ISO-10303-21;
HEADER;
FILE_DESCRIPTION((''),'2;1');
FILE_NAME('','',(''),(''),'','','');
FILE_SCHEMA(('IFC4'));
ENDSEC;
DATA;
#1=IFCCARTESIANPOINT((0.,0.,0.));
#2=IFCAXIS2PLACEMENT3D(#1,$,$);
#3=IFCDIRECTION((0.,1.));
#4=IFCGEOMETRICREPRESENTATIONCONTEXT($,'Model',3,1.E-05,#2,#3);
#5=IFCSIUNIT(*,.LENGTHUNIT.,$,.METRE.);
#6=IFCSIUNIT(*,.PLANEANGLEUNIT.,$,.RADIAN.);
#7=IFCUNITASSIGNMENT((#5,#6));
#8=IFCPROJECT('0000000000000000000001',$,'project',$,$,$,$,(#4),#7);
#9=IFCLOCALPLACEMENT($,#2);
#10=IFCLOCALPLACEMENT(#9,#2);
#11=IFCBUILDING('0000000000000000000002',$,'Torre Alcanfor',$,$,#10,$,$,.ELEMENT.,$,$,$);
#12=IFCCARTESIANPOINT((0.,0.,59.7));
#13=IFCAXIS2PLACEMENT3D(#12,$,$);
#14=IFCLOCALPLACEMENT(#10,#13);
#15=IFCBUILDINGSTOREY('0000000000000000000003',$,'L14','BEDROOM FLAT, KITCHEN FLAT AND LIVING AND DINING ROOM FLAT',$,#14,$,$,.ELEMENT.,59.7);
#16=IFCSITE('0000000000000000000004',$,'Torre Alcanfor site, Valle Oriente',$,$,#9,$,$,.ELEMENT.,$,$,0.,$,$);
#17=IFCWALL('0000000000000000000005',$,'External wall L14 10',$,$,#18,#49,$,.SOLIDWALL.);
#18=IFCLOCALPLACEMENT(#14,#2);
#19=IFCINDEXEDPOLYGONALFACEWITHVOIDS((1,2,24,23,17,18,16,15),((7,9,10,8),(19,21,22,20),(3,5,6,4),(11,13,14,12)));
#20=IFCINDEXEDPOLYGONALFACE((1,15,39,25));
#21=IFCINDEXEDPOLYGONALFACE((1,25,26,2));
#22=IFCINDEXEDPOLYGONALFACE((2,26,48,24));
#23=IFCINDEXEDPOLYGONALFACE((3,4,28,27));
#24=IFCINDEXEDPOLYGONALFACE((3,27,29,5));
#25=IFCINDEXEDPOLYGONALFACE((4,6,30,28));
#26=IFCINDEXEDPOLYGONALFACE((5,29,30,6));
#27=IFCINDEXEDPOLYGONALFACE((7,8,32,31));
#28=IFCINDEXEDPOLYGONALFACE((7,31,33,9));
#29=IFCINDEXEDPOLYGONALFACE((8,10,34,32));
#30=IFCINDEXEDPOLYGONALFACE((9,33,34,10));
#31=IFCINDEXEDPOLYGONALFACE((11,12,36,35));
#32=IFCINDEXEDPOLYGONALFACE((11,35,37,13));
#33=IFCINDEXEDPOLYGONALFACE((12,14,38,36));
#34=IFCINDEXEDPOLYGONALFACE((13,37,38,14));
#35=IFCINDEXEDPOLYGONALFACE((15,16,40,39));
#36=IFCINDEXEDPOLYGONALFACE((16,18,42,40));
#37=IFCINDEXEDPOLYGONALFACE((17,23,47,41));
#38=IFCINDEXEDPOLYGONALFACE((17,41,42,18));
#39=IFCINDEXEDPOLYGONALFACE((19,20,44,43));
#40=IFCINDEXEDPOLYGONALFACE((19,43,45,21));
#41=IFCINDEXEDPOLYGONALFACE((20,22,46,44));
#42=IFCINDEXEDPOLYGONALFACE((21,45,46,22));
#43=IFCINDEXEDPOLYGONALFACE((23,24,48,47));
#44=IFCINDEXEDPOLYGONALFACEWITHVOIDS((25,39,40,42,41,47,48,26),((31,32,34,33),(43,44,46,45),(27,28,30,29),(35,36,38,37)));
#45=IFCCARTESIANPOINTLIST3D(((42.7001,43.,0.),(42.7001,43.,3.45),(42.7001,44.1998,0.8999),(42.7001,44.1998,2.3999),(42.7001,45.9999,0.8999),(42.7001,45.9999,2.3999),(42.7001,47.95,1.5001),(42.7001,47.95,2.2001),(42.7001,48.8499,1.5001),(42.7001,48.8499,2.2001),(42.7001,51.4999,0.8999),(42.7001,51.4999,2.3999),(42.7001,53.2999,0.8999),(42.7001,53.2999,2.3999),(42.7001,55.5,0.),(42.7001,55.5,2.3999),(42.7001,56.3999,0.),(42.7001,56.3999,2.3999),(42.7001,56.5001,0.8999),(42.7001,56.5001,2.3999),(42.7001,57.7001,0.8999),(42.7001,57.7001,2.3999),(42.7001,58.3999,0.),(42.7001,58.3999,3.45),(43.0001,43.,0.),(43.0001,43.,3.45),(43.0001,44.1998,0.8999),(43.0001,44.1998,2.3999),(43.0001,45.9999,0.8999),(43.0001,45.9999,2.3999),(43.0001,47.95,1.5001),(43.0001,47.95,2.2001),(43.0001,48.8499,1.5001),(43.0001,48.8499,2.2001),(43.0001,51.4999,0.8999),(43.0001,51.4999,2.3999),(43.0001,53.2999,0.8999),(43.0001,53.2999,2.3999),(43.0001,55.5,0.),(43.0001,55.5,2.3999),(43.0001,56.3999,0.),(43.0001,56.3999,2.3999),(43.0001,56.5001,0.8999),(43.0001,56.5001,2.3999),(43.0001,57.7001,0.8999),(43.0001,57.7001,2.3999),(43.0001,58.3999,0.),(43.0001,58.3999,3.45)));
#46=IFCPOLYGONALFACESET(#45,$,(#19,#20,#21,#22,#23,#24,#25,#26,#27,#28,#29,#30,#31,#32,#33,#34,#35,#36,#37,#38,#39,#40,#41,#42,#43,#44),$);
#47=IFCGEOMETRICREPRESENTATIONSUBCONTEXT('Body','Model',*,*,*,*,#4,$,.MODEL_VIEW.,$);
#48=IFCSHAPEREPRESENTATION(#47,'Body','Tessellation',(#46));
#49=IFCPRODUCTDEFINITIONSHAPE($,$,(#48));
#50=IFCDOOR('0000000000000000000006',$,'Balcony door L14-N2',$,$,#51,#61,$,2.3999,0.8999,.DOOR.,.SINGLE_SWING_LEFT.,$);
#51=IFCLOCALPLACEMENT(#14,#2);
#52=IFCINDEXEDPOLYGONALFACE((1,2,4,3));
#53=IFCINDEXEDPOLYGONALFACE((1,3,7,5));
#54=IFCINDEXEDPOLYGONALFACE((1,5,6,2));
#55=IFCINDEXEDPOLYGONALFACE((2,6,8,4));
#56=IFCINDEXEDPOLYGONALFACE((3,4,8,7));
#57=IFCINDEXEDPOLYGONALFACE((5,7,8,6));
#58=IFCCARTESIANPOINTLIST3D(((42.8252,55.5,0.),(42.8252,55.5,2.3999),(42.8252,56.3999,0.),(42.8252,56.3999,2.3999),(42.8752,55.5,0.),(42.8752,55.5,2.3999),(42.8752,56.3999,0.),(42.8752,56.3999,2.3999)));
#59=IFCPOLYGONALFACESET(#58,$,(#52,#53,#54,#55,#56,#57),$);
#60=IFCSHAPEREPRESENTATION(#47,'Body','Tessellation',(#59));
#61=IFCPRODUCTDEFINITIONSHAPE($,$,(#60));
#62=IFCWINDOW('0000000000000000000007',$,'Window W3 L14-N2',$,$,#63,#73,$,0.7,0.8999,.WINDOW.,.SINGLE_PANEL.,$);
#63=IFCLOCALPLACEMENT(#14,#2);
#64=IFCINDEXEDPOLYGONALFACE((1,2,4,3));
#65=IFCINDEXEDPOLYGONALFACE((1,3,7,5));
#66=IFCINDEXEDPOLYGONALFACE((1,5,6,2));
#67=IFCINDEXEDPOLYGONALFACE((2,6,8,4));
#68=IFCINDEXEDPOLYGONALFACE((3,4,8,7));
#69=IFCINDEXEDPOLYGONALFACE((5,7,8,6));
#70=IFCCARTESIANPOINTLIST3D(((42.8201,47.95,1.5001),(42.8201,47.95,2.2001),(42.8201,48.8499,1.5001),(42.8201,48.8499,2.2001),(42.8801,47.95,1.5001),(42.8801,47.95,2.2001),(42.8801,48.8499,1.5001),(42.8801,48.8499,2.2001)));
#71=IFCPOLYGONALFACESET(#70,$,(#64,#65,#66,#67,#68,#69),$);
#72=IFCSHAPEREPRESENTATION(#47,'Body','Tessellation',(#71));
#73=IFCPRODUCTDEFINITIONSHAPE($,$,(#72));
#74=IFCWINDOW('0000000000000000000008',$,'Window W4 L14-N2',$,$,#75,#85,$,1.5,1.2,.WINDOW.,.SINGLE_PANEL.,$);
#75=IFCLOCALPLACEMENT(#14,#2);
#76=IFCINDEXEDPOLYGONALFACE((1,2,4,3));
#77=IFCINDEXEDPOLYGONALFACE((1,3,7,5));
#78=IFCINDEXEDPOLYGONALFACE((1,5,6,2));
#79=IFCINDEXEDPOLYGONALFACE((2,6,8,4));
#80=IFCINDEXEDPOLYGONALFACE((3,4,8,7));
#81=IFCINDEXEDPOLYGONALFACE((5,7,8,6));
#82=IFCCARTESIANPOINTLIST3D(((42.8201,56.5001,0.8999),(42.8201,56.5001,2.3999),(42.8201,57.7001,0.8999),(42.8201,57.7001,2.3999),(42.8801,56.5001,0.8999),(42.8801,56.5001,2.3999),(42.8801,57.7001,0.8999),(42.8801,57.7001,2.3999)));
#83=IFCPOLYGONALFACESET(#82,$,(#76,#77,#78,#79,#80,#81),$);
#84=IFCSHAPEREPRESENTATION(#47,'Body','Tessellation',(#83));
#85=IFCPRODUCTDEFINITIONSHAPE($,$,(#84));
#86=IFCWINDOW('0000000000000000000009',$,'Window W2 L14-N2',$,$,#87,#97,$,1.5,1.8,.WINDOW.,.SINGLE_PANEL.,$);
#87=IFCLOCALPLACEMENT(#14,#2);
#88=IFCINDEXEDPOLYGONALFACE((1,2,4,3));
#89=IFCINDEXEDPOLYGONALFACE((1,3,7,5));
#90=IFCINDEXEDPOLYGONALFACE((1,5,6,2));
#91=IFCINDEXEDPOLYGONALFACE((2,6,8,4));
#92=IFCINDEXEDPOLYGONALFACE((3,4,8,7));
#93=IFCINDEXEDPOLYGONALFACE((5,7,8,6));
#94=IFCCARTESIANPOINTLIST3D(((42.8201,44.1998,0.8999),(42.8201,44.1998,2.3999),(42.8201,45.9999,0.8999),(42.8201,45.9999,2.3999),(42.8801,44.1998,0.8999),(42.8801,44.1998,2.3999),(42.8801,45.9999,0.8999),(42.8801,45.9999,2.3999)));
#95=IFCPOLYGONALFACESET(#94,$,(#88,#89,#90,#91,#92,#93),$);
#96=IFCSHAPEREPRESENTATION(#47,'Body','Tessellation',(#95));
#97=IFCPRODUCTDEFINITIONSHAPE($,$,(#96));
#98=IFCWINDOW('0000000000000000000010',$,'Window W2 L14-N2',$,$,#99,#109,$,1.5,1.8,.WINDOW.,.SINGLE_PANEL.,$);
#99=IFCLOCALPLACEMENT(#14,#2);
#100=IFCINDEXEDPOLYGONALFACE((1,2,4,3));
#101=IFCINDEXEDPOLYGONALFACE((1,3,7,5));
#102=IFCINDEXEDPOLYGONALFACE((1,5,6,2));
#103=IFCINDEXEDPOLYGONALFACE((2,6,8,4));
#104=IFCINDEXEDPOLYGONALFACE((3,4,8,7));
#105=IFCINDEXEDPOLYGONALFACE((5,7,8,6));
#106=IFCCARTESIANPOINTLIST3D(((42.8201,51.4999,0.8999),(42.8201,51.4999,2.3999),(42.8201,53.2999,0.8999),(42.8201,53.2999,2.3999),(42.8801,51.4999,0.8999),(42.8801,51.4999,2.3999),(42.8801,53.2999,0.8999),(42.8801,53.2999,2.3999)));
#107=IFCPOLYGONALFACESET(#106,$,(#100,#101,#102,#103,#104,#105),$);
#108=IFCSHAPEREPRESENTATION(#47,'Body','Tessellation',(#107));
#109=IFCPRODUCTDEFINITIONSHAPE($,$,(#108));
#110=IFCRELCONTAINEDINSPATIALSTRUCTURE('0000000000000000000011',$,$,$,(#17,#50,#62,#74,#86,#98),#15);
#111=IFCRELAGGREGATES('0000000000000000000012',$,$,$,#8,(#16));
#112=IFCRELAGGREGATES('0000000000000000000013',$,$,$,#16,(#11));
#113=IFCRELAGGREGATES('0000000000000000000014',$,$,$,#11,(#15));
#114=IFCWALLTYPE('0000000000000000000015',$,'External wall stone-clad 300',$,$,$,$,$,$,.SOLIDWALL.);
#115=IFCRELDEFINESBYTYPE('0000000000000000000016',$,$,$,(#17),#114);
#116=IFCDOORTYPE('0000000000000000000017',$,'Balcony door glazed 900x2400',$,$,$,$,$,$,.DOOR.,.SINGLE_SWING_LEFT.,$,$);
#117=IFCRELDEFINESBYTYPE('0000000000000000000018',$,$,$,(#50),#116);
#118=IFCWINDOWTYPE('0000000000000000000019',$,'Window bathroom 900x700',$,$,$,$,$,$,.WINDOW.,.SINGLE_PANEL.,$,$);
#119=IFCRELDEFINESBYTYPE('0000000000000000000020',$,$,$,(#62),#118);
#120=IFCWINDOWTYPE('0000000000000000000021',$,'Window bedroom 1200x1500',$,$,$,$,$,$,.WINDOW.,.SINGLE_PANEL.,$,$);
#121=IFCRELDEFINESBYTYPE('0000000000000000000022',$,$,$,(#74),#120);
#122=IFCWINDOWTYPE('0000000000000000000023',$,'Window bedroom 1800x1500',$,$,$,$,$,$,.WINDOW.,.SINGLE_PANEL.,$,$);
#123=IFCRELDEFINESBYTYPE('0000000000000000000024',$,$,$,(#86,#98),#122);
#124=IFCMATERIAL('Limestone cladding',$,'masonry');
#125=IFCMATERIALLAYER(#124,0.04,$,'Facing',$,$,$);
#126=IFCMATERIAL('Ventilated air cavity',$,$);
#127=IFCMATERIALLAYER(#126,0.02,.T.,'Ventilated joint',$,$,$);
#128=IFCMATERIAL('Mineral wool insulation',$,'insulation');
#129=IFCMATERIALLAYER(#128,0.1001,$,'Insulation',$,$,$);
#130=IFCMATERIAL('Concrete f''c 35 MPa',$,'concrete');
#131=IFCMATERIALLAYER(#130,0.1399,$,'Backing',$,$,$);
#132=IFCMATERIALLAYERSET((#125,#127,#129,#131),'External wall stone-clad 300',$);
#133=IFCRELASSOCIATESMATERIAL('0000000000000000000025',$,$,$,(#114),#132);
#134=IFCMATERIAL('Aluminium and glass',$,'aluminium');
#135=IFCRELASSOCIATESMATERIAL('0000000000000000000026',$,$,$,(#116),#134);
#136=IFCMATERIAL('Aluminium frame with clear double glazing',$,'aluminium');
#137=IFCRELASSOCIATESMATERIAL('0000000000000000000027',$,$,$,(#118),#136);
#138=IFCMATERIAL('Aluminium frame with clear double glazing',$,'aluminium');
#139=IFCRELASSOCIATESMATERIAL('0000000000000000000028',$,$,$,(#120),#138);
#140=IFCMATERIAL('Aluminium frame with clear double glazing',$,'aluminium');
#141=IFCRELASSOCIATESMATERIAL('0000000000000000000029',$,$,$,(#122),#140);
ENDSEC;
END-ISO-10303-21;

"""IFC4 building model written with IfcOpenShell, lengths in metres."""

from ifc_helpers import new_model, si_unit, direction, frame, frame_2d, origin, place, context, subcontext, project, spatial, rectangle, extrude, material, layer, layer_set, type_object, element, fill, save


model = new_model("IFC4")

# Units and contexts
model_context = context("Model", 3, precision=1e-05, world=origin(), true_north=direction((0.0, 1.0)))
body_context = subcontext(model_context, "Body", "Model", "MODEL_VIEW")
ifc_project = project(units=[si_unit("LENGTHUNIT", "METRE"), si_unit("PLANEANGLEUNIT", "RADIAN")], contexts=[model_context])

# Site, building, storey
site_placement = place(None, origin())
site = spatial("IfcSite", under=ifc_project, at=site_placement, Name="Torre Alcanfor site, Valle Oriente", CompositionType="ELEMENT", RefElevation=0.0)
building_placement = place(site_placement, origin())
building = spatial("IfcBuilding", under=site, at=building_placement, Name="Torre Alcanfor", CompositionType="ELEMENT")
storey_placement = place(building_placement, frame((0.0, 0.0, 59.7)))
storey = spatial("IfcBuildingStorey", under=building, at=storey_placement, Name="L14", Description="BEDROOM FLAT, KITCHEN FLAT AND LIVING AND DINING ROOM FLAT", CompositionType="ELEMENT", Elevation=59.7)

# Wall, openings, door, windows
ifc_material_1 = material(Name="Limestone cladding", Category="masonry")
ifc_layer_1 = layer(ifc_material_1, 0.04, Name="Facing")
ifc_material_2 = material(Name="Ventilated air cavity")
ifc_layer_2 = layer(ifc_material_2, 0.02, ventilated=True, Name="Ventilated joint")
ifc_material_3 = material(Name="Mineral wool insulation", Category="insulation")
ifc_layer_3 = layer(ifc_material_3, 0.1001, Name="Insulation")
ifc_material_4 = material(Name="Concrete f'c 35 MPa", Category="concrete")
ifc_layer_4 = layer(ifc_material_4, 0.1399, Name="Backing")
ifc_layer_set_1 = layer_set([ifc_layer_1, ifc_layer_2, ifc_layer_3, ifc_layer_4], Name="External wall stone-clad 300")
wall_type_1 = type_object("IfcWallType", Name="External wall stone-clad 300", PredefinedType="SOLIDWALL", material=ifc_layer_set_1)
ifc_material_5 = material(Name="Aluminium and glass", Category="aluminium")
door_type = type_object("IfcDoorType", Name="Balcony door glazed 900x2400", OperationType="SINGLE_SWING_LEFT", PredefinedType="DOOR", material=ifc_material_5)
ifc_material_6 = material(Name="Aluminium frame with clear double glazing", Category="aluminium")
window_type_1 = type_object("IfcWindowType", Name="Window bathroom 900x700", PartitioningType="SINGLE_PANEL", PredefinedType="WINDOW", material=ifc_material_6)
ifc_material_7 = material(Name="Aluminium frame with clear double glazing", Category="aluminium")
window_type_2 = type_object("IfcWindowType", Name="Window bedroom 1200x1500", PartitioningType="SINGLE_PANEL", PredefinedType="WINDOW", material=ifc_material_7)
ifc_material_8 = material(Name="Aluminium frame with clear double glazing", Category="aluminium")
window_type_3 = type_object("IfcWindowType", Name="Window bedroom 1800x1500", PartitioningType="SINGLE_PANEL", PredefinedType="WINDOW", material=ifc_material_8)
wall_1_placement = place(storey_placement, frame((42.8501, 43.0, 0.0), z_axis=(0.0, 0.0, 1.0), x_axis=(0.0, 1.0, 0.0)))
wall_1 = element("IfcWall", 1, at=wall_1_placement, inside=storey, type_object=wall_type_1, Name="External wall L14 10", PredefinedType="SOLIDWALL", context=body_context, shape_type="SweptSolid", body=[
    extrude(rectangle(XDim=15.3999, YDim=0.3, at=frame_2d((7.7, 0.0))), origin(), (0.0, 0.0, 1.0), 3.45),
])
opening_1_placement = place(wall_1_placement, frame((1.2, 0.0, 0.8999)))
opening_1 = element("IfcOpeningElement", 2, at=opening_1_placement, cuts=wall_1, PredefinedType="OPENING", context=body_context, shape_type="SweptSolid", body=[
    extrude(rectangle(XDim=1.8, YDim=1.5, at=frame_2d((0.8999, 0.75))), frame((0.0, 0.1599, 0.0), z_axis=(0.0, -1.0, 0.0), x_axis=(1.0, 0.0, 0.0)), (0.0, 0.0, 1.0), 0.3201),
])
opening_2_placement = place(wall_1_placement, frame((4.95, 0.0, 1.5)))
opening_2 = element("IfcOpeningElement", 3, at=opening_2_placement, cuts=wall_1, PredefinedType="OPENING", context=body_context, shape_type="SweptSolid", body=[
    extrude(rectangle(XDim=0.8999, YDim=0.7, at=frame_2d((0.45, 0.3501))), frame((0.0, 0.1599, 0.0), z_axis=(0.0, -1.0, 0.0), x_axis=(1.0, 0.0, 0.0)), (0.0, 0.0, 1.0), 0.3201),
])
opening_3_placement = place(wall_1_placement, frame((8.5, 0.0, 0.8999)))
opening_3 = element("IfcOpeningElement", 4, at=opening_3_placement, cuts=wall_1, PredefinedType="OPENING", context=body_context, shape_type="SweptSolid", body=[
    extrude(rectangle(XDim=1.8, YDim=1.5, at=frame_2d((0.8999, 0.75))), frame((0.0, 0.1599, 0.0), z_axis=(0.0, -1.0, 0.0), x_axis=(1.0, 0.0, 0.0)), (0.0, 0.0, 1.0), 0.3201),
])
opening_4_placement = place(wall_1_placement, frame((12.5, 0.0, 0.0)))
opening_4 = element("IfcOpeningElement", 5, at=opening_4_placement, cuts=wall_1, PredefinedType="OPENING", context=body_context, shape_type="SweptSolid", body=[
    extrude(rectangle(XDim=0.8999, YDim=2.3999, at=frame_2d((0.45, 1.2))), frame((0.0, 0.1599, 0.0), z_axis=(0.0, -1.0, 0.0), x_axis=(1.0, 0.0, 0.0)), (0.0, 0.0, 1.0), 0.3201),
])
opening_5_placement = place(wall_1_placement, frame((13.5, 0.0, 0.8999)))
opening_5 = element("IfcOpeningElement", 6, at=opening_5_placement, cuts=wall_1, PredefinedType="OPENING", context=body_context, shape_type="SweptSolid", body=[
    extrude(rectangle(XDim=1.2, YDim=1.5, at=frame_2d((0.6001, 0.75))), frame((0.0, 0.1599, 0.0), z_axis=(0.0, -1.0, 0.0), x_axis=(1.0, 0.0, 0.0)), (0.0, 0.0, 1.0), 0.3201),
])
door_1_placement = place(opening_4_placement, origin())
door_1 = element("IfcDoor", 7, at=door_1_placement, inside=storey, type_object=door_type, Name="Balcony door L14-N2", OperationType="SINGLE_SWING_LEFT", OverallHeight=2.3999, OverallWidth=0.8999, PredefinedType="DOOR", context=body_context, shape_type="SweptSolid", body=[
    extrude(rectangle(XDim=0.8999, YDim=2.3999, at=frame_2d((0.45, 1.2))), frame((0.0, 0.0249, 0.0), z_axis=(0.0, -1.0, 0.0), x_axis=(1.0, 0.0, 0.0)), (0.0, 0.0, 1.0), 0.05),
])
fill(opening_4, door_1)
window_1_placement = place(opening_2_placement, origin())
window_1 = element("IfcWindow", 8, at=window_1_placement, inside=storey, type_object=window_type_1, Name="Window W3 L14-N2", OverallHeight=0.7, OverallWidth=0.8999, PartitioningType="SINGLE_PANEL", PredefinedType="WINDOW", context=body_context, shape_type="SweptSolid", body=[
    extrude(rectangle(XDim=0.8999, YDim=0.7, at=frame_2d((0.45, 0.3501))), frame((0.0, 0.03, 0.0), z_axis=(0.0, -1.0, 0.0), x_axis=(1.0, 0.0, 0.0)), (0.0, 0.0, 1.0), 0.0601),
])
fill(opening_2, window_1)
window_2_placement = place(opening_5_placement, origin())
window_2 = element("IfcWindow", 9, at=window_2_placement, inside=storey, type_object=window_type_2, Name="Window W4 L14-N2", OverallHeight=1.5, OverallWidth=1.2, PartitioningType="SINGLE_PANEL", PredefinedType="WINDOW", context=body_context, shape_type="SweptSolid", body=[
    extrude(rectangle(XDim=1.2, YDim=1.5, at=frame_2d((0.6001, 0.75))), frame((0.0, 0.03, 0.0), z_axis=(0.0, -1.0, 0.0), x_axis=(1.0, 0.0, 0.0)), (0.0, 0.0, 1.0), 0.0601),
])
fill(opening_5, window_2)
window_3_placement = place(opening_1_placement, origin())
window_3 = element("IfcWindow", 10, at=window_3_placement, inside=storey, type_object=window_type_3, Name="Window W2 L14-N2", OverallHeight=1.5, OverallWidth=1.8, PartitioningType="SINGLE_PANEL", PredefinedType="WINDOW", context=body_context, shape_type="SweptSolid", body=[
    extrude(rectangle(XDim=1.8, YDim=1.5, at=frame_2d((0.8999, 0.75))), frame((0.0, 0.03, 0.0), z_axis=(0.0, -1.0, 0.0), x_axis=(1.0, 0.0, 0.0)), (0.0, 0.0, 1.0), 0.0601),
])
fill(opening_1, window_3)
window_4_placement = place(opening_3_placement, origin())
window_4 = element("IfcWindow", 11, at=window_4_placement, inside=storey, type_object=window_type_3, Name="Window W2 L14-N2", OverallHeight=1.5, OverallWidth=1.8, PartitioningType="SINGLE_PANEL", PredefinedType="WINDOW", context=body_context, shape_type="SweptSolid", body=[
    extrude(rectangle(XDim=1.8, YDim=1.5, at=frame_2d((0.8999, 0.75))), frame((0.0, 0.03, 0.0), z_axis=(0.0, -1.0, 0.0), x_axis=(1.0, 0.0, 0.0)), (0.0, 0.0, 1.0), 0.0601),
])
fill(opening_3, window_4)

save(model, "model.ifc")
